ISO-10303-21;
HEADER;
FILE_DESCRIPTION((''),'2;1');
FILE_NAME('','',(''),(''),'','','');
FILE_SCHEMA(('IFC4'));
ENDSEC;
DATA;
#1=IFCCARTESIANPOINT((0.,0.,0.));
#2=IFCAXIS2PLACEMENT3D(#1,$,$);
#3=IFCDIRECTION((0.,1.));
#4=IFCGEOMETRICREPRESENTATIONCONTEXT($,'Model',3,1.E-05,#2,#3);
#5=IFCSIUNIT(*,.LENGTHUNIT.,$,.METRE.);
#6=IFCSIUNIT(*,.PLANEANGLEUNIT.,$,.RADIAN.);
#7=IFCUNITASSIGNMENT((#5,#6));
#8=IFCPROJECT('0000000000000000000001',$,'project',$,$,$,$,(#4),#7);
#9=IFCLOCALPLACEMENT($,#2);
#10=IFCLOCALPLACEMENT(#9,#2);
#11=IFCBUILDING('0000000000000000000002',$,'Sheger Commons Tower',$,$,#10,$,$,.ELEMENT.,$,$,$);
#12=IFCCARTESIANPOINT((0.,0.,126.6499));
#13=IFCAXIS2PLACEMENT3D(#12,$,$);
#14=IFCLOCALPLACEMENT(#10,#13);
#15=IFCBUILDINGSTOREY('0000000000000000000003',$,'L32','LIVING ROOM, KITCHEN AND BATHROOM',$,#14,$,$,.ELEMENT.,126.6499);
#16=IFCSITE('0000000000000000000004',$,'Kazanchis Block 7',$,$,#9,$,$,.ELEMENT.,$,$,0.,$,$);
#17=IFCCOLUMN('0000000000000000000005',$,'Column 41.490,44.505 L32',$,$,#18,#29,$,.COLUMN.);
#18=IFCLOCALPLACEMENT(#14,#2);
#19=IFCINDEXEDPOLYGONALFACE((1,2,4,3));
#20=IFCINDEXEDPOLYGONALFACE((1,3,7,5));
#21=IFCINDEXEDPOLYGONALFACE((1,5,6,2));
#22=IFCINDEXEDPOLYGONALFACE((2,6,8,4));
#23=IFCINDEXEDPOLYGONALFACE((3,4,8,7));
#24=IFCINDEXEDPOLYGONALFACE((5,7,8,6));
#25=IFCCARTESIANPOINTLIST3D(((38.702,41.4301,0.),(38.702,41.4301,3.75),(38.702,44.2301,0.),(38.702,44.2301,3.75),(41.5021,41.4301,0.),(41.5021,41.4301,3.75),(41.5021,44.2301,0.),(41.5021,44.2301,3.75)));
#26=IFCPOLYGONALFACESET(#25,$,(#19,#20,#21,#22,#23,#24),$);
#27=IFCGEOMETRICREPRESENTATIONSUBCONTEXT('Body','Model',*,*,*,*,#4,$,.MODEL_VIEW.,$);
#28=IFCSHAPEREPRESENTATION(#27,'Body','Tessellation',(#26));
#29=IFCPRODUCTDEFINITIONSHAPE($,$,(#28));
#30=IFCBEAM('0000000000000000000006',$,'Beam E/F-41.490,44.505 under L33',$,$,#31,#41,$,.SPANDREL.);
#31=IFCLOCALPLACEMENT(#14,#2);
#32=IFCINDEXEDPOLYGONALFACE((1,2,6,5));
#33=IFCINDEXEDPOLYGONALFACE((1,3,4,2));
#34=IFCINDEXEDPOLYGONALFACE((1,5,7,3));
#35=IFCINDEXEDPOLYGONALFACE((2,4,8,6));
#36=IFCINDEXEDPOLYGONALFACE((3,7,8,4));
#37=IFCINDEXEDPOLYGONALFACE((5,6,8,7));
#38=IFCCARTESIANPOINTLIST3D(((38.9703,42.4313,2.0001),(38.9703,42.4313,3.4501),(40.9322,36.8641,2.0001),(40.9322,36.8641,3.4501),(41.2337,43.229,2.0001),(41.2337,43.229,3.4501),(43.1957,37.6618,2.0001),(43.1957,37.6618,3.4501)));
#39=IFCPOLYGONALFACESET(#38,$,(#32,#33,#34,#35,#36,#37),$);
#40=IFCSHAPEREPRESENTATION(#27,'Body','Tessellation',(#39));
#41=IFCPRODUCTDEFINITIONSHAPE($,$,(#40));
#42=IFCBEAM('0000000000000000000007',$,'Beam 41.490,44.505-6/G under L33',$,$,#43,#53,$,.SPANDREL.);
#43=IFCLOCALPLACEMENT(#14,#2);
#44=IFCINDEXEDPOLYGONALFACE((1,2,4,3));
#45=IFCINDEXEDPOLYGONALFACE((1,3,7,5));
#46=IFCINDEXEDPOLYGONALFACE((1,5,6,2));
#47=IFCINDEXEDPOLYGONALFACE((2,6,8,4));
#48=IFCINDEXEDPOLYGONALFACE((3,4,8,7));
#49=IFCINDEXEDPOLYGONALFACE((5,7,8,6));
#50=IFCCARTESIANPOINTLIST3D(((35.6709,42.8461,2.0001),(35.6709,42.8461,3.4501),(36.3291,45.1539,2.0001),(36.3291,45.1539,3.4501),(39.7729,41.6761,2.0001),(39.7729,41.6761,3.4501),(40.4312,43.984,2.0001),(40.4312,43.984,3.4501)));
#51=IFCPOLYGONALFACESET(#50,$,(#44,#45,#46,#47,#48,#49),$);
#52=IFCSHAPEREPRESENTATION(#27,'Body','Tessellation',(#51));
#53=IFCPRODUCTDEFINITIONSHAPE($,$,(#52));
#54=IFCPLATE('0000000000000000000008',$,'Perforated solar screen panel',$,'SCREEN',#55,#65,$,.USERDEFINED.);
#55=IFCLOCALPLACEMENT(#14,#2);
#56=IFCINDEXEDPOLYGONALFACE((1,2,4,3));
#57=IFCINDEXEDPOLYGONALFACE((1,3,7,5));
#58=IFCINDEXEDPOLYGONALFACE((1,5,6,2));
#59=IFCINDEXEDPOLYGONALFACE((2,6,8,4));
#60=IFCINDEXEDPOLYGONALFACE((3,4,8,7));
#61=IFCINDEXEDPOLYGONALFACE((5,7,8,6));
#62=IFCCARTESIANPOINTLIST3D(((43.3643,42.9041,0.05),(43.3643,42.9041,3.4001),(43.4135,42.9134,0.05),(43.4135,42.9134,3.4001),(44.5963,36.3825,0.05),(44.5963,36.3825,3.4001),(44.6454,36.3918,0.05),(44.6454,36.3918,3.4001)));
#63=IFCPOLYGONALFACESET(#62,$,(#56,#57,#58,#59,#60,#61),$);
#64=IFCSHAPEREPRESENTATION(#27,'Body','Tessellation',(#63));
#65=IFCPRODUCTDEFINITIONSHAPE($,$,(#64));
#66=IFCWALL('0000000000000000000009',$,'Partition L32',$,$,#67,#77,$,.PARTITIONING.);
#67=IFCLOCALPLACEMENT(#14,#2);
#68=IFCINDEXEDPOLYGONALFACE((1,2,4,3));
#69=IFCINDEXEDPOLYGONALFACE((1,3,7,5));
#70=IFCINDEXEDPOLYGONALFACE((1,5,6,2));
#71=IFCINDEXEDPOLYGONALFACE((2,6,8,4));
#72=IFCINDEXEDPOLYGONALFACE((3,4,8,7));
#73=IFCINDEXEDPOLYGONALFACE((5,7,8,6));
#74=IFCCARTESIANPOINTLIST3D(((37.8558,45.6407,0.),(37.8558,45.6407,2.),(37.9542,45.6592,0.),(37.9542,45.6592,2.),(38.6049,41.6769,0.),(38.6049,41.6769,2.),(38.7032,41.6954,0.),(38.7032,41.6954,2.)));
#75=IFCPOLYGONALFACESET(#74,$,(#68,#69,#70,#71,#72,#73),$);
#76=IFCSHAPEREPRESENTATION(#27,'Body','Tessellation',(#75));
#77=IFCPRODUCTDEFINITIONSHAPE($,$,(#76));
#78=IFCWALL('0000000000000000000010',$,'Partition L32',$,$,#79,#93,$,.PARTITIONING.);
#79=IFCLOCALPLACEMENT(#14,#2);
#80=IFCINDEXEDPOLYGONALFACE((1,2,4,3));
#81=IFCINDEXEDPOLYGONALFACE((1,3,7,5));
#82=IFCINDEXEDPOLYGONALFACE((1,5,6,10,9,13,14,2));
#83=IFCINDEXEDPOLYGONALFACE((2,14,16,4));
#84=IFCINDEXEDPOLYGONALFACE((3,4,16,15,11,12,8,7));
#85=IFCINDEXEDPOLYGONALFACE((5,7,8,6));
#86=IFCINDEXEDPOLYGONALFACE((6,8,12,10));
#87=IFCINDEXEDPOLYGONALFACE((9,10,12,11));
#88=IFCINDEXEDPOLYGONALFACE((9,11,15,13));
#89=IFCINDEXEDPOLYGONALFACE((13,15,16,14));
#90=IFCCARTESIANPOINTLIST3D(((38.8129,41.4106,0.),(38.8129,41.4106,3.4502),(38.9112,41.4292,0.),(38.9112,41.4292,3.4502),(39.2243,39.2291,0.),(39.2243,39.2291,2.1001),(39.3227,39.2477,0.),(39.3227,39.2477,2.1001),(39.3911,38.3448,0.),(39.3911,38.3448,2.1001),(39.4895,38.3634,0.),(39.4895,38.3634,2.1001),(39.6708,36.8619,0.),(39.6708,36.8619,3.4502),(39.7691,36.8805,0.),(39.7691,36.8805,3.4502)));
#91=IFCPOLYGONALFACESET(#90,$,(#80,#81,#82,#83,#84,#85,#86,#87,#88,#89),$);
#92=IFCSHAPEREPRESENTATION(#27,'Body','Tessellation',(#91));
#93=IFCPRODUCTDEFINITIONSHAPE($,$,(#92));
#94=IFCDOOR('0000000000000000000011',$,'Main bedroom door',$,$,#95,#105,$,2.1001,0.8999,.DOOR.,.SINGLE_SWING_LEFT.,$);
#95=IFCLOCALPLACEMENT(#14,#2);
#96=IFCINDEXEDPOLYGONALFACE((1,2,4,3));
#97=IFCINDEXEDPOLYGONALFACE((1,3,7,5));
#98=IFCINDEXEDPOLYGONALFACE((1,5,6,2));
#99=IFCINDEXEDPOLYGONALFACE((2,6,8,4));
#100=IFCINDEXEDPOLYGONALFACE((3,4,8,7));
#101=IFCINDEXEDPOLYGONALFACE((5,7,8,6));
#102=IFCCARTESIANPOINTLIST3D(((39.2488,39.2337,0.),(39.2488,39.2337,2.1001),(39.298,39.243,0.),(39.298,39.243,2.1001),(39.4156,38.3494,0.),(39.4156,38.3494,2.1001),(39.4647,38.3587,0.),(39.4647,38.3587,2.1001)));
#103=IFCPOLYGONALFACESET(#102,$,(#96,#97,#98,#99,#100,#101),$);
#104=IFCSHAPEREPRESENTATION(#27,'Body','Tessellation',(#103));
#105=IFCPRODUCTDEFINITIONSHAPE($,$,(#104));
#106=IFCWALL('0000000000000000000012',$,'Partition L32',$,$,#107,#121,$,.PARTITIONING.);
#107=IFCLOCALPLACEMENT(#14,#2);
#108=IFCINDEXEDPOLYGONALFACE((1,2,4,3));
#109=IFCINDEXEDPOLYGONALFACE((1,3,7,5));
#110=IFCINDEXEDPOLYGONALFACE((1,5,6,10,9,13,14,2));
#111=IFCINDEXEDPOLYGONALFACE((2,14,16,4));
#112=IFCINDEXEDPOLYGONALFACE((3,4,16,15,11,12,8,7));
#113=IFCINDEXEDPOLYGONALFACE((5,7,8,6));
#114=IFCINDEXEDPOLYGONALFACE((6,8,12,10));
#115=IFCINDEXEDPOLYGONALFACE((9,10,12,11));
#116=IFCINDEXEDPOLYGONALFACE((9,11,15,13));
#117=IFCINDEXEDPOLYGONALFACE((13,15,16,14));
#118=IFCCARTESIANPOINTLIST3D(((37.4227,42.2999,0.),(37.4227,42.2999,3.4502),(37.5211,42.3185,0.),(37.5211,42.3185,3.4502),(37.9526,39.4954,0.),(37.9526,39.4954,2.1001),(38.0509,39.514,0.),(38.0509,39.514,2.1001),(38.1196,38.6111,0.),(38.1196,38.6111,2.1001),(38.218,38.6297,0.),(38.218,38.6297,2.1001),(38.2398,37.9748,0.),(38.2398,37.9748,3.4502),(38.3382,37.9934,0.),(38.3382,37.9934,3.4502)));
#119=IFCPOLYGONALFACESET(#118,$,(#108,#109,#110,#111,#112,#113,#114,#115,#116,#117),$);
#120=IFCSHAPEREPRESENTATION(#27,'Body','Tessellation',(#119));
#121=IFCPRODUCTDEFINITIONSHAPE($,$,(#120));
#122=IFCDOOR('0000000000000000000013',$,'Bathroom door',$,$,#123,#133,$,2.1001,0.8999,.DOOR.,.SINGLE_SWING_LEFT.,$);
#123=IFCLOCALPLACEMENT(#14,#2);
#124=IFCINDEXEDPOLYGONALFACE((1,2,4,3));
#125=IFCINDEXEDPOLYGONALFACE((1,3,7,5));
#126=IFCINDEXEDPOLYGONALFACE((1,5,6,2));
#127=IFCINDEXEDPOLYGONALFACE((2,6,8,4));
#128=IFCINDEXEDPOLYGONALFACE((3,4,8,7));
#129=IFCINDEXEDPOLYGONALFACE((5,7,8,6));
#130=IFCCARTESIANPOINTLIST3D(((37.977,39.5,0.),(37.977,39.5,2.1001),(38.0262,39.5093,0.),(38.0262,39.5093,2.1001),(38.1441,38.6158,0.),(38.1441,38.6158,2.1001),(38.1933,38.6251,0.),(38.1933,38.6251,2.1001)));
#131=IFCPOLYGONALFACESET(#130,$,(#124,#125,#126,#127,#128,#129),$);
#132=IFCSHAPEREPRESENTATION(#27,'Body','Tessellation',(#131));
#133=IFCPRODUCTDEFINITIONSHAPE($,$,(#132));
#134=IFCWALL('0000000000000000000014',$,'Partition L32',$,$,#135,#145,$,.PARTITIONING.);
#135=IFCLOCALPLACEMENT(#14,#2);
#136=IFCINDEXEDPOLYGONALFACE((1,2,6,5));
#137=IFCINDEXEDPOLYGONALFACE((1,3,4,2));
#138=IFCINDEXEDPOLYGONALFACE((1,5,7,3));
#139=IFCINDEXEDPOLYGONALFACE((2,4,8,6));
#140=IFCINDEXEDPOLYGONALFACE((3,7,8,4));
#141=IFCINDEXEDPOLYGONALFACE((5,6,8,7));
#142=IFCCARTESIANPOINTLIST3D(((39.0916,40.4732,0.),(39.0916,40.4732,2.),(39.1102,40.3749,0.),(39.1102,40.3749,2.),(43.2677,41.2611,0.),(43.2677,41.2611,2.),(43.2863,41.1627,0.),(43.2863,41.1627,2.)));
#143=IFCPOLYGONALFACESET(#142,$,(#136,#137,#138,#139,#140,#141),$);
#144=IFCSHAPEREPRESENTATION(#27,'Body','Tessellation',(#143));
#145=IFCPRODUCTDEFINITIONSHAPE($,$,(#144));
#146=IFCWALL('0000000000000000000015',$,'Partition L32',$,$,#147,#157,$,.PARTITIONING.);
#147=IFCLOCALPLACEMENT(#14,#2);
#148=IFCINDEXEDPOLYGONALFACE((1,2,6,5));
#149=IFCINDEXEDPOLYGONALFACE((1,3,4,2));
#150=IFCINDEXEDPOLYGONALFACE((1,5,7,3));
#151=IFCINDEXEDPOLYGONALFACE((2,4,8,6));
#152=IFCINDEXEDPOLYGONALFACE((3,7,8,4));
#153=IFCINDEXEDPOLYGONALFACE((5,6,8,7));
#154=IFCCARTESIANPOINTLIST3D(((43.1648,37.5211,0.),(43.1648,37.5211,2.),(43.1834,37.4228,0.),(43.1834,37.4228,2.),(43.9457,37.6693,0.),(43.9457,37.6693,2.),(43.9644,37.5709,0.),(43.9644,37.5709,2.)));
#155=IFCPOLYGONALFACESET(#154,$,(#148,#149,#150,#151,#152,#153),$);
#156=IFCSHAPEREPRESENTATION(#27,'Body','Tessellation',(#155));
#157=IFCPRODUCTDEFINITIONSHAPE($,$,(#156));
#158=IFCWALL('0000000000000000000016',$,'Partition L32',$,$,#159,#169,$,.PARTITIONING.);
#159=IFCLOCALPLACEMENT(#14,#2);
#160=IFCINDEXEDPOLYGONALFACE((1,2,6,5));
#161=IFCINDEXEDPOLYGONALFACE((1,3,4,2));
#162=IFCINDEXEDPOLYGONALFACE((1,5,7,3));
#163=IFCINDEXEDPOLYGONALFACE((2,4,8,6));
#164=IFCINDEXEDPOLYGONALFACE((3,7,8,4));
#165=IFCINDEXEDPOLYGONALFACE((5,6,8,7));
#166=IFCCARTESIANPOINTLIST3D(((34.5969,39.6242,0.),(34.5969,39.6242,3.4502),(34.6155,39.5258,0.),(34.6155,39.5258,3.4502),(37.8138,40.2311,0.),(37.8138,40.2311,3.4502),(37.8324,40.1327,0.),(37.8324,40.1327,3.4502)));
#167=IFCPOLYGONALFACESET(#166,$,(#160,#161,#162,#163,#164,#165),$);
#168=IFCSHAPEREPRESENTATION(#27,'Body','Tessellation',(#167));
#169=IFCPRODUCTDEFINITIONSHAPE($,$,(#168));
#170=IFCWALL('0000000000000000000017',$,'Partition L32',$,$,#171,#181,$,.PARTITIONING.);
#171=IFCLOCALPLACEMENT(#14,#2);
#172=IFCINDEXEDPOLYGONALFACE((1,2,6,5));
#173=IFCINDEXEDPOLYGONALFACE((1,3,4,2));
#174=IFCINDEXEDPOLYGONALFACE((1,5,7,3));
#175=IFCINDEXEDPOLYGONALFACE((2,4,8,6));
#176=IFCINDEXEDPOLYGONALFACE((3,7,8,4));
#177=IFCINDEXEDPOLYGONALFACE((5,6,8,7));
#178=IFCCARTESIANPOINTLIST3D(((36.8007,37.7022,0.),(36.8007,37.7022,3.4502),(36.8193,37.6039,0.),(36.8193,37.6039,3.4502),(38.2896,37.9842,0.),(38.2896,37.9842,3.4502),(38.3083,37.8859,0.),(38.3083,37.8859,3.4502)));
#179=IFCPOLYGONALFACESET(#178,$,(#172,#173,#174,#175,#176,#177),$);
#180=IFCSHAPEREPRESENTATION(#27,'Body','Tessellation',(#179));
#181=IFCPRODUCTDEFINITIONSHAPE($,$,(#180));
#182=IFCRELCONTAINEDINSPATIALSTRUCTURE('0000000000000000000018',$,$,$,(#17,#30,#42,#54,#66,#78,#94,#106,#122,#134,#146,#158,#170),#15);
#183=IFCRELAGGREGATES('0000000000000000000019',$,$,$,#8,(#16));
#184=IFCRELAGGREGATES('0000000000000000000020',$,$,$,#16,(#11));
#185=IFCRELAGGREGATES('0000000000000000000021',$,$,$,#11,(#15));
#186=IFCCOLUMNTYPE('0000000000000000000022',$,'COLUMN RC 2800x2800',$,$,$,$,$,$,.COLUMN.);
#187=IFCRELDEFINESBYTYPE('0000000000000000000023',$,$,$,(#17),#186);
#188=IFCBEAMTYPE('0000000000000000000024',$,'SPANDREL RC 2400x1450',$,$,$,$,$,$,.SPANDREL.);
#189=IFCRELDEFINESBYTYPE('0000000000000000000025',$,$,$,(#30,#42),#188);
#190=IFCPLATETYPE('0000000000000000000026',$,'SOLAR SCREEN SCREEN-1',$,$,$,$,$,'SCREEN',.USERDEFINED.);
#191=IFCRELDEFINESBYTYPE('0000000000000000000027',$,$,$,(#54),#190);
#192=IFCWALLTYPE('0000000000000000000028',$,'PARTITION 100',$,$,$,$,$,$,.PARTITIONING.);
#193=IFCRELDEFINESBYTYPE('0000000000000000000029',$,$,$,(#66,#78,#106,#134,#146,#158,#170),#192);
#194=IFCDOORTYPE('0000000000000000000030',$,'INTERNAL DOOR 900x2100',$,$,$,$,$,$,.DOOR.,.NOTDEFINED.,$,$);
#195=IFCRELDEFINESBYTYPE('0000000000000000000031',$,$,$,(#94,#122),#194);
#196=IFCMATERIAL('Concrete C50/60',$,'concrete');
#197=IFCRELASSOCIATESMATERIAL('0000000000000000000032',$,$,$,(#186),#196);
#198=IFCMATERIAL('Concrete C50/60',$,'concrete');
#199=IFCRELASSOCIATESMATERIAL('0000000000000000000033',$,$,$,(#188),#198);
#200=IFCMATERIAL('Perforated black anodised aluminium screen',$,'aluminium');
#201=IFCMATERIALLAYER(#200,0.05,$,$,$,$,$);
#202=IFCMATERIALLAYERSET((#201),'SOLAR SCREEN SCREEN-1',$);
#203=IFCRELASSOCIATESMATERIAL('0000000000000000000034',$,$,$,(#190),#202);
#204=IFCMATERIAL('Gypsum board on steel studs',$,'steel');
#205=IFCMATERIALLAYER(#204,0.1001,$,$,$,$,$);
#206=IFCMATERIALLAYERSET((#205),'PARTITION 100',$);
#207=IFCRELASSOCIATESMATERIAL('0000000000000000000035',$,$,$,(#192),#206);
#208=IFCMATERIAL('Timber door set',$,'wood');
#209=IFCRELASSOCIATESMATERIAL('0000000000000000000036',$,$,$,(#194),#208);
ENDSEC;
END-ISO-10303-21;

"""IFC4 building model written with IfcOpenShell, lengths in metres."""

from ifc_helpers import new_model, si_unit, direction, frame, frame_2d, origin, origin_2d, place, context, subcontext, project, spatial, rectangle, extrude, material, layer, layer_set, material_profile, profile_set, type_object, element, fill, save


model = new_model("IFC4")

# Units and contexts
model_context = context("Model", 3, precision=1e-05, world=origin(), true_north=direction((0.0, 1.0)))
body_context = subcontext(model_context, "Body", "Model", "MODEL_VIEW")
ifc_project = project(units=[si_unit("LENGTHUNIT", "METRE"), si_unit("PLANEANGLEUNIT", "RADIAN")], contexts=[model_context])

# Site, building, storey
site_placement = place(None, origin())
site = spatial("IfcSite", under=ifc_project, at=site_placement, Name="Kazanchis Block 7", CompositionType="ELEMENT", RefElevation=0.0)
building_placement = place(site_placement, origin())
building = spatial("IfcBuilding", under=site, at=building_placement, Name="Sheger Commons Tower", CompositionType="ELEMENT")
storey_placement = place(building_placement, frame((0.0, 0.0, 126.6499)))
storey = spatial("IfcBuildingStorey", under=building, at=storey_placement, Name="L32", Description="LIVING ROOM, KITCHEN AND BATHROOM", CompositionType="ELEMENT", Elevation=126.6499)

# Column
ifc_material_1 = material(Name="Concrete C50/60", Category="concrete")
ifc_material_profile_1 = material_profile(ifc_material_1, rectangle(XDim=2.8, YDim=2.8, at=origin_2d()), Name="RC 2800x2800")
ifc_profile_set_1 = profile_set([ifc_material_profile_1], Name="Concrete C50/60")
column_type = type_object("IfcColumnType", Name="COLUMN RC 2800x2800", PredefinedType="COLUMN", material=ifc_profile_set_1)
column_placement = place(storey_placement, frame((40.1021, 42.8301, 0.0), z_axis=(0.0, 0.0, 1.0), x_axis=(1.0, 0.0, 0.0)))
element("IfcColumn", 1, at=column_placement, inside=storey, type_object=column_type, Name="Column 41.490,44.505 L32", PredefinedType="COLUMN", context=body_context, shape_type="SweptSolid", body=[
    extrude(rectangle(XDim=2.8, YDim=2.8, at=origin_2d()), origin(), (0.0, 0.0, 1.0), 3.75),
])

# Beams
ifc_material_2 = material(Name="Concrete C50/60", Category="concrete")
ifc_material_profile_2 = material_profile(ifc_material_2, rectangle(XDim=2.3999, YDim=1.45, at=origin_2d()), Name="RC 2400x1450")
ifc_profile_set_2 = profile_set([ifc_material_profile_2], Name="Concrete C50/60")
beam_type = type_object("IfcBeamType", Name="SPANDREL RC 2400x1450", PredefinedType="SPANDREL", material=ifc_profile_set_2)
beam_1_placement = place(storey_placement, frame((42.064, 37.2629, 2.7251), z_axis=(-0.332374, 0.943148, 0.0), x_axis=(-0.943148, -0.332374, 0.0)))
element("IfcBeam", 2, at=beam_1_placement, inside=storey, type_object=beam_type, Name="Beam E/F-41.490,44.505 under L33", PredefinedType="SPANDREL", context=body_context, shape_type="SweptSolid", body=[
    extrude(rectangle(XDim=2.3999, YDim=1.45, at=origin_2d()), origin(), (0.0, 0.0, 1.0), 5.9028),
])
beam_2_placement = place(storey_placement, frame((40.1021, 42.8301, 2.7251), z_axis=(-0.961653, 0.274268, 0.0), x_axis=(-0.274268, -0.961653, 0.0)))
element("IfcBeam", 3, at=beam_2_placement, inside=storey, type_object=beam_type, Name="Beam 41.490,44.505-6/G under L33", PredefinedType="SPANDREL", context=body_context, shape_type="SweptSolid", body=[
    extrude(rectangle(XDim=2.3999, YDim=1.45, at=origin_2d()), origin(), (0.0, 0.0, 1.0), 4.2656),
])

# Plate
ifc_material_3 = material(Name="Perforated black anodised aluminium screen", Category="aluminium")
ifc_layer_1 = layer(ifc_material_3, 0.05)
ifc_layer_set_1 = layer_set([ifc_layer_1], Name="SOLAR SCREEN SCREEN-1")
plate_type = type_object("IfcPlateType", Name="SOLAR SCREEN SCREEN-1", ElementType="SCREEN", PredefinedType="USERDEFINED", material=ifc_layer_set_1)
plate_placement = place(storey_placement, frame((44.0049, 39.6479, 0.05), z_axis=(0.0, 0.0, 1.0), x_axis=(-0.185615, 0.982623, 0.0)))
element("IfcPlate", 4, at=plate_placement, inside=storey, type_object=plate_type, Name="Perforated solar screen panel", ObjectType="SCREEN", PredefinedType="USERDEFINED", context=body_context, shape_type="SweptSolid", body=[
    extrude(rectangle(XDim=6.637, YDim=0.05, at=origin_2d()), origin(), (0.0, 0.0, 1.0), 3.3501),
])

# Wall
ifc_material_4 = material(Name="Gypsum board on steel studs", Category="steel")
ifc_layer_2 = layer(ifc_material_4, 0.1001)
ifc_layer_set_2 = layer_set([ifc_layer_2], Name="PARTITION 100")
wall_type = type_object("IfcWallType", Name="PARTITION 100", PredefinedType="PARTITIONING", material=ifc_layer_set_2)
wall_1_placement = place(storey_placement, frame((38.6541, 41.686, 0.0), z_axis=(0.0, 0.0, 1.0), x_axis=(-0.185677, 0.982611, 0.0)))
element("IfcWall", 5, at=wall_1_placement, inside=storey, type_object=wall_type, Name="Partition L32", PredefinedType="PARTITIONING", context=body_context, shape_type="SweptSolid", body=[
    extrude(rectangle(XDim=4.0339, YDim=0.1001, at=frame_2d((2.0171, 0.0))), origin(), (0.0, 0.0, 1.0), 2.0),
])

# Walls, openings, doors
wall_2_placement = place(storey_placement, frame((38.8621, 41.4199, 0.0), z_axis=(0.0, 0.0, 1.0), x_axis=(0.185333, -0.982676, 0.0)))
wall_2 = element("IfcWall", 6, at=wall_2_placement, inside=storey, type_object=wall_type, Name="Partition L32", PredefinedType="PARTITIONING", context=body_context, shape_type="SweptSolid", body=[
    extrude(rectangle(XDim=4.6289, YDim=0.1001, at=frame_2d((2.3145, 0.0))), origin(), (0.0, 0.0, 1.0), 3.4502),
])
opening_1_placement = place(wall_2_placement, frame((2.22, 0.0, 0.0)))
opening_1 = element("IfcOpeningElement", 7, at=opening_1_placement, cuts=wall_2, PredefinedType="OPENING", context=body_context, shape_type="SweptSolid", body=[
    extrude(rectangle(XDim=0.8999, YDim=2.1001, at=frame_2d((0.45, 1.05))), frame((0.0, 0.0601, 0.0), z_axis=(0.0, -1.0, 0.0), x_axis=(1.0, 0.0, 0.0)), (0.0, 0.0, 1.0), 0.1201),
])
ifc_material_5 = material(Name="Timber door set", Category="wood")
door_type = type_object("IfcDoorType", Name="INTERNAL DOOR 900x2100", OperationType="NOTDEFINED", PredefinedType="DOOR", material=ifc_material_5)
door_1_placement = place(opening_1_placement, origin())
door_1 = element("IfcDoor", 8, at=door_1_placement, inside=storey, type_object=door_type, Name="Main bedroom door", OperationType="SINGLE_SWING_LEFT", OverallHeight=2.1001, OverallWidth=0.8999, PredefinedType="DOOR", context=body_context, shape_type="SweptSolid", body=[
    extrude(rectangle(XDim=0.8999, YDim=2.1001, at=frame_2d((0.45, 1.05))), frame((0.0, 0.0249, 0.0), z_axis=(0.0, -1.0, 0.0), x_axis=(1.0, 0.0, 0.0)), (0.0, 0.0, 1.0), 0.05),
])
fill(opening_1, door_1)
wall_3_placement = place(storey_placement, frame((37.4719, 42.3091, 0.0), z_axis=(0.0, 0.0, 1.0), x_axis=(0.185641, -0.982618, 0.0)))
wall_3 = element("IfcWall", 9, at=wall_3_placement, inside=storey, type_object=wall_type, Name="Partition L32", PredefinedType="PARTITIONING", context=body_context, shape_type="SweptSolid", body=[
    extrude(rectangle(XDim=4.4016, YDim=0.1001, at=frame_2d((2.2007, 0.0))), origin(), (0.0, 0.0, 1.0), 3.4502),
])
opening_2_placement = place(wall_3_placement, frame((2.854, 0.0, 0.0)))
opening_2 = element("IfcOpeningElement", 10, at=opening_2_placement, cuts=wall_3, PredefinedType="OPENING", context=body_context, shape_type="SweptSolid", body=[
    extrude(rectangle(XDim=0.8999, YDim=2.1001, at=frame_2d((0.45, 1.05))), frame((0.0, 0.0601, 0.0), z_axis=(0.0, -1.0, 0.0), x_axis=(1.0, 0.0, 0.0)), (0.0, 0.0, 1.0), 0.1201),
])
door_2_placement = place(opening_2_placement, origin())
door_2 = element("IfcDoor", 11, at=door_2_placement, inside=storey, type_object=door_type, Name="Bathroom door", OperationType="SINGLE_SWING_LEFT", OverallHeight=2.1001, OverallWidth=0.8999, PredefinedType="DOOR", context=body_context, shape_type="SweptSolid", body=[
    extrude(rectangle(XDim=0.8999, YDim=2.1001, at=frame_2d((0.45, 1.05))), frame((0.0, 0.0249, 0.0), z_axis=(0.0, -1.0, 0.0), x_axis=(1.0, 0.0, 0.0)), (0.0, 0.0, 1.0), 0.05),
])
fill(opening_2, door_2)

# Walls
wall_4_placement = place(storey_placement, frame((43.2771, 41.2119, 0.0), z_axis=(0.0, 0.0, 1.0), x_axis=(-0.982665, -0.185388, 0.0)))
element("IfcWall", 12, at=wall_4_placement, inside=storey, type_object=wall_type, Name="Partition L32", PredefinedType="PARTITIONING", context=body_context, shape_type="SweptSolid", body=[
    extrude(rectangle(XDim=4.2498, YDim=0.1001, at=frame_2d((2.125, 0.0))), origin(), (0.0, 0.0, 1.0), 2.0),
])
wall_5_placement = place(storey_placement, frame((43.9551, 37.6201, 0.0), z_axis=(0.0, 0.0, 1.0), x_axis=(-0.98247, -0.186421, 0.0)))
element("IfcWall", 13, at=wall_5_placement, inside=storey, type_object=wall_type, Name="Partition L32", PredefinedType="PARTITIONING", context=body_context, shape_type="SweptSolid", body=[
    extrude(rectangle(XDim=0.7949, YDim=0.1001, at=frame_2d((0.3975, 0.0))), origin(), (0.0, 0.0, 1.0), 2.0),
])
wall_6_placement = place(storey_placement, frame((37.823, 40.1819, 0.0), z_axis=(0.0, 0.0, 1.0), x_axis=(-0.982665, -0.185392, 0.0)))
element("IfcWall", 14, at=wall_6_placement, inside=storey, type_object=wall_type, Name="Partition L32", PredefinedType="PARTITIONING", context=body_context, shape_type="SweptSolid", body=[
    extrude(rectangle(XDim=3.2737, YDim=0.1001, at=frame_2d((1.6367, 0.0))), origin(), (0.0, 0.0, 1.0), 3.4502),
])
wall_7_placement = place(storey_placement, frame((38.2991, 37.9351, 0.0), z_axis=(0.0, 0.0, 1.0), x_axis=(-0.982537, -0.186068, 0.0)))
element("IfcWall", 15, at=wall_7_placement, inside=storey, type_object=wall_type, Name="Partition L32", PredefinedType="PARTITIONING", context=body_context, shape_type="SweptSolid", body=[
    extrude(rectangle(XDim=1.5154, YDim=0.1001, at=frame_2d((0.7578, 0.0))), origin(), (0.0, 0.0, 1.0), 3.4502),
])

save(model, "model.ifc")
